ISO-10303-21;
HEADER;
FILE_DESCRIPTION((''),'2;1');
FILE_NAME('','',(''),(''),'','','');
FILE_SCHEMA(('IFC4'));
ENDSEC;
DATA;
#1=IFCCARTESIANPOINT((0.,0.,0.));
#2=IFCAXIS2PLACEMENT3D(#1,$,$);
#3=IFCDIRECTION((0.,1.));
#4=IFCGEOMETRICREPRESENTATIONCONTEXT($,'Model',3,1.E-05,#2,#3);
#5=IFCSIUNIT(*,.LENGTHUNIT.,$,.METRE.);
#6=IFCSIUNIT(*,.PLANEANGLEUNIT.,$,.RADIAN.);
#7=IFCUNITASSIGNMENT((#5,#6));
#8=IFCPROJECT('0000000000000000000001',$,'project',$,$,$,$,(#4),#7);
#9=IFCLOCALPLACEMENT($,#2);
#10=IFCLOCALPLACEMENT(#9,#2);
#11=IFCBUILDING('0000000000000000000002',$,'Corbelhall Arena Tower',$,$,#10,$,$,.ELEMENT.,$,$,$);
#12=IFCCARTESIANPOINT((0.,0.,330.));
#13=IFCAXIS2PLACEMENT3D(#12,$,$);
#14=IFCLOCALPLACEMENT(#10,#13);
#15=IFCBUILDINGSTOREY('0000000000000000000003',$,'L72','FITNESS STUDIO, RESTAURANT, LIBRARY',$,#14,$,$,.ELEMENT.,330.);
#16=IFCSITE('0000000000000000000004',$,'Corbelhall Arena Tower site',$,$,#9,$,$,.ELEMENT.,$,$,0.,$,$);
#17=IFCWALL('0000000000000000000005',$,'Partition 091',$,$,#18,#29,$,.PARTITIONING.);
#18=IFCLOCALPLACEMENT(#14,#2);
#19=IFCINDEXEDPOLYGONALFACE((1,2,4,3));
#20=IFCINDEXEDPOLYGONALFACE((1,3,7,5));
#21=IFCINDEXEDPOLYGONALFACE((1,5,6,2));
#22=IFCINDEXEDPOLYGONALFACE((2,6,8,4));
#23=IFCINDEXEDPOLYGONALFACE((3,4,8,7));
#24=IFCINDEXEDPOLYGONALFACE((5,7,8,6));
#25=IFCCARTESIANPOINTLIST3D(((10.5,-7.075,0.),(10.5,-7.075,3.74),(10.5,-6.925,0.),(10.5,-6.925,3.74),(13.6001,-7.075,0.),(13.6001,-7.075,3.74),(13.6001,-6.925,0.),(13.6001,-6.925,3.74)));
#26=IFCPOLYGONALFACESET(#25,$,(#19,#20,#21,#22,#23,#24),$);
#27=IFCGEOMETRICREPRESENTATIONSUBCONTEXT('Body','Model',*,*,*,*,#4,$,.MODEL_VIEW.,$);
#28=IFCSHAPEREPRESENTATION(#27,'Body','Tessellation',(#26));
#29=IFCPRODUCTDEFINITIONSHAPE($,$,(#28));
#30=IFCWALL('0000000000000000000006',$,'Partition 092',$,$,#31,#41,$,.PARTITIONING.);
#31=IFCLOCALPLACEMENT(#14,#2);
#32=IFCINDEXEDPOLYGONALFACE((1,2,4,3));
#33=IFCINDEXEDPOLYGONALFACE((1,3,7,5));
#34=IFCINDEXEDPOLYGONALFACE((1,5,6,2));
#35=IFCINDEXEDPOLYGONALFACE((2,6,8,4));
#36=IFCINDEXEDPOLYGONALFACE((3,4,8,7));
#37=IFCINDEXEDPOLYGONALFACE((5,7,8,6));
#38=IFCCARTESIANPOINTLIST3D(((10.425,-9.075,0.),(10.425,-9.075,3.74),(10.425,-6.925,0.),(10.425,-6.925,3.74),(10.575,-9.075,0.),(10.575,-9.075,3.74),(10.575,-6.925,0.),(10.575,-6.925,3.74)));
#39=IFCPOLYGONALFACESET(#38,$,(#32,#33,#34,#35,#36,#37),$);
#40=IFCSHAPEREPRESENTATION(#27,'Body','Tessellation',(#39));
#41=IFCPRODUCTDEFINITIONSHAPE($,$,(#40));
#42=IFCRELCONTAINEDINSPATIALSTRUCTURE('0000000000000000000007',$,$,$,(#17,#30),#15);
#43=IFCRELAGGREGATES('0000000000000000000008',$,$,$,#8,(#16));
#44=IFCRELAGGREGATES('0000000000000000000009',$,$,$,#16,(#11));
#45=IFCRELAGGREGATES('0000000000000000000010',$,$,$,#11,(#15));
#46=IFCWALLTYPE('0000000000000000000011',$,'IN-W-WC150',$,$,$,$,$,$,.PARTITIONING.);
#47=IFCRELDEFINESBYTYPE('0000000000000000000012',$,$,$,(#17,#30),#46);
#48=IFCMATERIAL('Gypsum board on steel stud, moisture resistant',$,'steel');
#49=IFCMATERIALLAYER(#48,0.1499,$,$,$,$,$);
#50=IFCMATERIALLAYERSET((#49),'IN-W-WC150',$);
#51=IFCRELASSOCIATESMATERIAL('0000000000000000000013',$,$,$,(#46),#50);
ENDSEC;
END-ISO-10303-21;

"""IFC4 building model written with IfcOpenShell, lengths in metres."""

from ifc_helpers import new_model, si_unit, direction, frame, frame_2d, origin, place, context, subcontext, project, spatial, rectangle, extrude, material, layer, layer_set, type_object, element, save


model = new_model("IFC4")

# Units and contexts
model_context = context("Model", 3, precision=1e-05, world=origin(), true_north=direction((0.0, 1.0)))
body_context = subcontext(model_context, "Body", "Model", "MODEL_VIEW")
ifc_project = project(units=[si_unit("LENGTHUNIT", "METRE"), si_unit("PLANEANGLEUNIT", "RADIAN")], contexts=[model_context])

# Site, building, storey
site_placement = place(None, origin())
site = spatial("IfcSite", under=ifc_project, at=site_placement, Name="Corbelhall Arena Tower site", CompositionType="ELEMENT", RefElevation=0.0)
building_placement = place(site_placement, origin())
building = spatial("IfcBuilding", under=site, at=building_placement, Name="Corbelhall Arena Tower", CompositionType="ELEMENT")
storey_placement = place(building_placement, frame((0.0, 0.0, 330.0)))
storey = spatial("IfcBuildingStorey", under=building, at=storey_placement, Name="L72", Description="FITNESS STUDIO, RESTAURANT, LIBRARY", CompositionType="ELEMENT", Elevation=330.0)

# Walls
ifc_material_1 = material(Name="Gypsum board on steel stud, moisture resistant", Category="steel")
ifc_layer_1 = layer(ifc_material_1, 0.1499)
ifc_layer_set_1 = layer_set([ifc_layer_1], Name="IN-W-WC150")
wall_type_1 = type_object("IfcWallType", Name="IN-W-WC150", PredefinedType="PARTITIONING", material=ifc_layer_set_1)
wall_1_placement = place(storey_placement, frame((10.5, -7.0, 0.0), z_axis=(0.0, 0.0, 1.0), x_axis=(1.0, 0.0, 0.0)))
element("IfcWall", 1, at=wall_1_placement, inside=storey, type_object=wall_type_1, Name="Partition 091", PredefinedType="PARTITIONING", context=body_context, shape_type="SweptSolid", body=[
    extrude(rectangle(XDim=3.1001, YDim=0.1499, at=frame_2d((1.55, 0.0))), origin(), (0.0, 0.0, 1.0), 3.74),
])
wall_2_placement = place(storey_placement, frame((10.5, -6.925, 0.0), z_axis=(0.0, 0.0, 1.0), x_axis=(0.0, -1.0, 0.0)))
element("IfcWall", 2, at=wall_2_placement, inside=storey, type_object=wall_type_1, Name="Partition 092", PredefinedType="PARTITIONING", context=body_context, shape_type="SweptSolid", body=[
    extrude(rectangle(XDim=2.1499, YDim=0.1499, at=frame_2d((1.075, 0.0))), origin(), (0.0, 0.0, 1.0), 3.74),
])

save(model, "model.ifc")
